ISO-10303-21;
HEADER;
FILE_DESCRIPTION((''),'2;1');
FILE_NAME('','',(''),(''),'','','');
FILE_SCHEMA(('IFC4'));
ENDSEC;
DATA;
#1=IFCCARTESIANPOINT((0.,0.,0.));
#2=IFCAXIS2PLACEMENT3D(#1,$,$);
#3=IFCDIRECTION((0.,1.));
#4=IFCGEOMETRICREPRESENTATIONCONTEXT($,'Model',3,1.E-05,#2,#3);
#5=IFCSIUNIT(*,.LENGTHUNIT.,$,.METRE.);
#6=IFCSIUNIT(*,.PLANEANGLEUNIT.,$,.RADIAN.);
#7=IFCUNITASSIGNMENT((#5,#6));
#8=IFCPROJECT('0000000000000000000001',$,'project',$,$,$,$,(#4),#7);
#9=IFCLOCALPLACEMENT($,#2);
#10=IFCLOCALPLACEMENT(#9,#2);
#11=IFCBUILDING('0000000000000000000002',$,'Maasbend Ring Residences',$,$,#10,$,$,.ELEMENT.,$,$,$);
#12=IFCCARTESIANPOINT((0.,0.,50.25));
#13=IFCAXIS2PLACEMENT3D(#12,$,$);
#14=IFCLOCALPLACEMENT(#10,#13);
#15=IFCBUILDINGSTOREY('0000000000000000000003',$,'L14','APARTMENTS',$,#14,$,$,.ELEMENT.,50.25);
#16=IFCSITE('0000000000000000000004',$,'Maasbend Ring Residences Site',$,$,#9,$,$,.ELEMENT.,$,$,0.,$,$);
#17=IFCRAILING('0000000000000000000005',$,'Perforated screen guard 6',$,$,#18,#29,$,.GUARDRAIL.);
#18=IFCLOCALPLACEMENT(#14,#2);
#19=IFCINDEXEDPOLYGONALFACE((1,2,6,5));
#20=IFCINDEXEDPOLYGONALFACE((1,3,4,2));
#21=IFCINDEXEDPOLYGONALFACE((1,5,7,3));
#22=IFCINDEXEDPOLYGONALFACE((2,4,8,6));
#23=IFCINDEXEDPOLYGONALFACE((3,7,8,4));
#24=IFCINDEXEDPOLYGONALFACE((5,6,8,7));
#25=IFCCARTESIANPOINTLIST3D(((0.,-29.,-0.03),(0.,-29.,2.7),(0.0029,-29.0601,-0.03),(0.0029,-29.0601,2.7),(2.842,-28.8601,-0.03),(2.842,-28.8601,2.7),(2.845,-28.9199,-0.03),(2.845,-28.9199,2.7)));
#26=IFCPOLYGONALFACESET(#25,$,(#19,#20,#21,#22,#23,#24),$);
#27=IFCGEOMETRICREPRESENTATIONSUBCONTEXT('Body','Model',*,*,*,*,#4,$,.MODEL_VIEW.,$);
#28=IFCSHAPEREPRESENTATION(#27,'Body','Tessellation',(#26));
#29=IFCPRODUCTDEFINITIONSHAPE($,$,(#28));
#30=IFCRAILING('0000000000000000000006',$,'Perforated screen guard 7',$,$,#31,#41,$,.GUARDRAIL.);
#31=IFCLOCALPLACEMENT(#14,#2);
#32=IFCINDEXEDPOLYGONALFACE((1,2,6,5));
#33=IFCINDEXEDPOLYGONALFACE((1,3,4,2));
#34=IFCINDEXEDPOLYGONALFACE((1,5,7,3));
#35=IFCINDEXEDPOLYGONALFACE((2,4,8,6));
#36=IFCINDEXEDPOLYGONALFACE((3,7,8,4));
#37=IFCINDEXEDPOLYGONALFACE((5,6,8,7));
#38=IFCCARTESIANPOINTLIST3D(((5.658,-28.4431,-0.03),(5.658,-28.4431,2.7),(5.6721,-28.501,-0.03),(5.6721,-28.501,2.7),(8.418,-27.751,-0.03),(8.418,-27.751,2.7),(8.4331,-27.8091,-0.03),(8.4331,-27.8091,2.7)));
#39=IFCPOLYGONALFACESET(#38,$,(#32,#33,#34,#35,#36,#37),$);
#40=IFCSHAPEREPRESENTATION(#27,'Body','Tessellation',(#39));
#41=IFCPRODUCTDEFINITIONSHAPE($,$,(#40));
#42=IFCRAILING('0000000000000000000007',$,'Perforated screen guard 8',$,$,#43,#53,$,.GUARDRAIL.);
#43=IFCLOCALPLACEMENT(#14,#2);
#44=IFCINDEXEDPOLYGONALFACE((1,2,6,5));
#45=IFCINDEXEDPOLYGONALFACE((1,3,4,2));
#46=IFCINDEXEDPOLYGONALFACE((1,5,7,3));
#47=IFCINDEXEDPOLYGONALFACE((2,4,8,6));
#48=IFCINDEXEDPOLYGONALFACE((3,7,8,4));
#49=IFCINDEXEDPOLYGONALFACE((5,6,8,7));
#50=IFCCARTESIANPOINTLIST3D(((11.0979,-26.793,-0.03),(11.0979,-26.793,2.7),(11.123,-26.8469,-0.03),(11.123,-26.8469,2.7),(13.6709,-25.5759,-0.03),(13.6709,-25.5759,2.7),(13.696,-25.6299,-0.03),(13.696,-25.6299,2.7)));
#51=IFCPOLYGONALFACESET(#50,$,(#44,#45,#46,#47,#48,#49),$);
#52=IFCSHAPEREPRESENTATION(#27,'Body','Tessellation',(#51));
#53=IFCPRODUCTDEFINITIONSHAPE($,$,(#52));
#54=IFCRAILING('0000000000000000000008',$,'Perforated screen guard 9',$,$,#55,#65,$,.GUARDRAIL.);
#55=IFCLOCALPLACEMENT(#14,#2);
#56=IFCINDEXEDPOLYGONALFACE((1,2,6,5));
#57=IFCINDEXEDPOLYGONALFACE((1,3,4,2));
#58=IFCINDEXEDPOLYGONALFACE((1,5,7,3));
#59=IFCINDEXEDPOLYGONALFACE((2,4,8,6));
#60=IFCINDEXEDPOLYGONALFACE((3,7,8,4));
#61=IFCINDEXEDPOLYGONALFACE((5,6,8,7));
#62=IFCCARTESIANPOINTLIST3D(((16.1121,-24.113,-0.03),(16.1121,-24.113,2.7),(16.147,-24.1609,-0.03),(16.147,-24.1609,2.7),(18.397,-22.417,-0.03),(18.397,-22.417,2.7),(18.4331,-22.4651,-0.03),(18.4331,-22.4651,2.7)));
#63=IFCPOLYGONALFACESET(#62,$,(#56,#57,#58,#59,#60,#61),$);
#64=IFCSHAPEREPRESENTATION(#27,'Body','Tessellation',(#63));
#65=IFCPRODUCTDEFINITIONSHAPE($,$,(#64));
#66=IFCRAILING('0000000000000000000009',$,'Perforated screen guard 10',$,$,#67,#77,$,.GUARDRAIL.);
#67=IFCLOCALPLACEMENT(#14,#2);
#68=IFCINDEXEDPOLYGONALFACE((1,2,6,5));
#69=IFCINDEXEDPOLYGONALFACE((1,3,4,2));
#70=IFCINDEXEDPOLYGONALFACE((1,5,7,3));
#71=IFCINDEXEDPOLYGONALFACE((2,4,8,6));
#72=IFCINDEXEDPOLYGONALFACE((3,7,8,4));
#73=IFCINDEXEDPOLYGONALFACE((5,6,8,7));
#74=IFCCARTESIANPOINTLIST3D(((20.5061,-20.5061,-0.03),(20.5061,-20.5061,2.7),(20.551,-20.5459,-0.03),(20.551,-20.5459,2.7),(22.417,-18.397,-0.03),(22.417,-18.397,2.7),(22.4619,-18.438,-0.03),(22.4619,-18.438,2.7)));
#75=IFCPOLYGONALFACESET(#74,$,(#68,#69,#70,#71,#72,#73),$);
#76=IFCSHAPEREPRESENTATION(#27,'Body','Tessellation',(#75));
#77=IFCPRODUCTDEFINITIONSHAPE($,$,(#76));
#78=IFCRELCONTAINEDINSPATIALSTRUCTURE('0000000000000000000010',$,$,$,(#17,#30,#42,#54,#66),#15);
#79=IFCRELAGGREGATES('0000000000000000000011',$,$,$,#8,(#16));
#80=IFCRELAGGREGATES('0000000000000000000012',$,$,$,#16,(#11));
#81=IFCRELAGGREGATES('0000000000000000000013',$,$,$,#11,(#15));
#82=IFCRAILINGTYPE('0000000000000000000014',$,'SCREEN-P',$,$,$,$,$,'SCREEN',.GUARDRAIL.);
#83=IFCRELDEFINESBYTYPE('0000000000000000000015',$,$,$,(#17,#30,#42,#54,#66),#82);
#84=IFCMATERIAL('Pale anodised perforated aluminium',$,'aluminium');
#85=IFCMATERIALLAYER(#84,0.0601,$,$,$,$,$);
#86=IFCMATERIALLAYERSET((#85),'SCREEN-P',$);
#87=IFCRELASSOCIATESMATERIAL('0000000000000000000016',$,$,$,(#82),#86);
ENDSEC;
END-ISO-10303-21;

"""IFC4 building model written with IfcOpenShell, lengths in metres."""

from ifc_helpers import new_model, si_unit, direction, frame, origin, place, context, subcontext, project, spatial, polyline, outline, extrude, material, layer, layer_set, type_object, element, save


model = new_model("IFC4")

# Units and contexts
model_context = context("Model", 3, precision=1e-05, world=origin(), true_north=direction((0.0, 1.0)))
body_context = subcontext(model_context, "Body", "Model", "MODEL_VIEW")
ifc_project = project(units=[si_unit("LENGTHUNIT", "METRE"), si_unit("PLANEANGLEUNIT", "RADIAN")], contexts=[model_context])

# Site, building, storey
site_placement = place(None, origin())
site = spatial("IfcSite", under=ifc_project, at=site_placement, Name="Maasbend Ring Residences Site", CompositionType="ELEMENT", RefElevation=0.0)
building_placement = place(site_placement, origin())
building = spatial("IfcBuilding", under=site, at=building_placement, Name="Maasbend Ring Residences", CompositionType="ELEMENT")
storey_placement = place(building_placement, frame((0.0, 0.0, 50.25)))
storey = spatial("IfcBuildingStorey", under=building, at=storey_placement, Name="L14", Description="APARTMENTS", CompositionType="ELEMENT", Elevation=50.25)

# Railings
ifc_material_1 = material(Name="Pale anodised perforated aluminium", Category="aluminium")
ifc_layer_1 = layer(ifc_material_1, 0.0601)
ifc_layer_set_1 = layer_set([ifc_layer_1], Name="SCREEN-P")
railing_type = type_object("IfcRailingType", Name="SCREEN-P", ElementType="SCREEN", PredefinedType="GUARDRAIL", material=ifc_layer_set_1)
railing_1_placement = place(storey_placement, frame((0.0, 0.0, -0.03)))
element("IfcRailing", 1, at=railing_1_placement, inside=storey, type_object=railing_type, Name="Perforated screen guard 6", PredefinedType="GUARDRAIL", context=body_context, shape_type="SweptSolid", body=[
    extrude(outline(polyline([(0.0, -29.0), (2.842, -28.8601), (2.845, -28.9199), (0.0029, -29.0601), (0.0, -29.0)])), origin(), (0.0, 0.0, 1.0), 2.73),
])
railing_2_placement = place(storey_placement, frame((0.0, 0.0, -0.03)))
element("IfcRailing", 2, at=railing_2_placement, inside=storey, type_object=railing_type, Name="Perforated screen guard 7", PredefinedType="GUARDRAIL", context=body_context, shape_type="SweptSolid", body=[
    extrude(outline(polyline([(5.658, -28.4431), (8.418, -27.751), (8.4331, -27.8091), (5.6721, -28.501), (5.658, -28.4431)])), origin(), (0.0, 0.0, 1.0), 2.73),
])
railing_3_placement = place(storey_placement, frame((0.0, 0.0, -0.03)))
element("IfcRailing", 3, at=railing_3_placement, inside=storey, type_object=railing_type, Name="Perforated screen guard 8", PredefinedType="GUARDRAIL", context=body_context, shape_type="SweptSolid", body=[
    extrude(outline(polyline([(11.0979, -26.793), (13.6709, -25.5759), (13.696, -25.6299), (11.123, -26.8469), (11.0979, -26.793)])), origin(), (0.0, 0.0, 1.0), 2.73),
])
railing_4_placement = place(storey_placement, frame((0.0, 0.0, -0.03)))
element("IfcRailing", 4, at=railing_4_placement, inside=storey, type_object=railing_type, Name="Perforated screen guard 9", PredefinedType="GUARDRAIL", context=body_context, shape_type="SweptSolid", body=[
    extrude(outline(polyline([(16.1121, -24.113), (18.397, -22.417), (18.4331, -22.4651), (16.147, -24.1609), (16.1121, -24.113)])), origin(), (0.0, 0.0, 1.0), 2.73),
])
railing_5_placement = place(storey_placement, frame((0.0, 0.0, -0.03)))
element("IfcRailing", 5, at=railing_5_placement, inside=storey, type_object=railing_type, Name="Perforated screen guard 10", PredefinedType="GUARDRAIL", context=body_context, shape_type="SweptSolid", body=[
    extrude(outline(polyline([(20.5061, -20.5061), (22.417, -18.397), (22.4619, -18.438), (20.551, -20.5459), (20.5061, -20.5061)])), origin(), (0.0, 0.0, 1.0), 2.73),
])

save(model, "model.ifc")
